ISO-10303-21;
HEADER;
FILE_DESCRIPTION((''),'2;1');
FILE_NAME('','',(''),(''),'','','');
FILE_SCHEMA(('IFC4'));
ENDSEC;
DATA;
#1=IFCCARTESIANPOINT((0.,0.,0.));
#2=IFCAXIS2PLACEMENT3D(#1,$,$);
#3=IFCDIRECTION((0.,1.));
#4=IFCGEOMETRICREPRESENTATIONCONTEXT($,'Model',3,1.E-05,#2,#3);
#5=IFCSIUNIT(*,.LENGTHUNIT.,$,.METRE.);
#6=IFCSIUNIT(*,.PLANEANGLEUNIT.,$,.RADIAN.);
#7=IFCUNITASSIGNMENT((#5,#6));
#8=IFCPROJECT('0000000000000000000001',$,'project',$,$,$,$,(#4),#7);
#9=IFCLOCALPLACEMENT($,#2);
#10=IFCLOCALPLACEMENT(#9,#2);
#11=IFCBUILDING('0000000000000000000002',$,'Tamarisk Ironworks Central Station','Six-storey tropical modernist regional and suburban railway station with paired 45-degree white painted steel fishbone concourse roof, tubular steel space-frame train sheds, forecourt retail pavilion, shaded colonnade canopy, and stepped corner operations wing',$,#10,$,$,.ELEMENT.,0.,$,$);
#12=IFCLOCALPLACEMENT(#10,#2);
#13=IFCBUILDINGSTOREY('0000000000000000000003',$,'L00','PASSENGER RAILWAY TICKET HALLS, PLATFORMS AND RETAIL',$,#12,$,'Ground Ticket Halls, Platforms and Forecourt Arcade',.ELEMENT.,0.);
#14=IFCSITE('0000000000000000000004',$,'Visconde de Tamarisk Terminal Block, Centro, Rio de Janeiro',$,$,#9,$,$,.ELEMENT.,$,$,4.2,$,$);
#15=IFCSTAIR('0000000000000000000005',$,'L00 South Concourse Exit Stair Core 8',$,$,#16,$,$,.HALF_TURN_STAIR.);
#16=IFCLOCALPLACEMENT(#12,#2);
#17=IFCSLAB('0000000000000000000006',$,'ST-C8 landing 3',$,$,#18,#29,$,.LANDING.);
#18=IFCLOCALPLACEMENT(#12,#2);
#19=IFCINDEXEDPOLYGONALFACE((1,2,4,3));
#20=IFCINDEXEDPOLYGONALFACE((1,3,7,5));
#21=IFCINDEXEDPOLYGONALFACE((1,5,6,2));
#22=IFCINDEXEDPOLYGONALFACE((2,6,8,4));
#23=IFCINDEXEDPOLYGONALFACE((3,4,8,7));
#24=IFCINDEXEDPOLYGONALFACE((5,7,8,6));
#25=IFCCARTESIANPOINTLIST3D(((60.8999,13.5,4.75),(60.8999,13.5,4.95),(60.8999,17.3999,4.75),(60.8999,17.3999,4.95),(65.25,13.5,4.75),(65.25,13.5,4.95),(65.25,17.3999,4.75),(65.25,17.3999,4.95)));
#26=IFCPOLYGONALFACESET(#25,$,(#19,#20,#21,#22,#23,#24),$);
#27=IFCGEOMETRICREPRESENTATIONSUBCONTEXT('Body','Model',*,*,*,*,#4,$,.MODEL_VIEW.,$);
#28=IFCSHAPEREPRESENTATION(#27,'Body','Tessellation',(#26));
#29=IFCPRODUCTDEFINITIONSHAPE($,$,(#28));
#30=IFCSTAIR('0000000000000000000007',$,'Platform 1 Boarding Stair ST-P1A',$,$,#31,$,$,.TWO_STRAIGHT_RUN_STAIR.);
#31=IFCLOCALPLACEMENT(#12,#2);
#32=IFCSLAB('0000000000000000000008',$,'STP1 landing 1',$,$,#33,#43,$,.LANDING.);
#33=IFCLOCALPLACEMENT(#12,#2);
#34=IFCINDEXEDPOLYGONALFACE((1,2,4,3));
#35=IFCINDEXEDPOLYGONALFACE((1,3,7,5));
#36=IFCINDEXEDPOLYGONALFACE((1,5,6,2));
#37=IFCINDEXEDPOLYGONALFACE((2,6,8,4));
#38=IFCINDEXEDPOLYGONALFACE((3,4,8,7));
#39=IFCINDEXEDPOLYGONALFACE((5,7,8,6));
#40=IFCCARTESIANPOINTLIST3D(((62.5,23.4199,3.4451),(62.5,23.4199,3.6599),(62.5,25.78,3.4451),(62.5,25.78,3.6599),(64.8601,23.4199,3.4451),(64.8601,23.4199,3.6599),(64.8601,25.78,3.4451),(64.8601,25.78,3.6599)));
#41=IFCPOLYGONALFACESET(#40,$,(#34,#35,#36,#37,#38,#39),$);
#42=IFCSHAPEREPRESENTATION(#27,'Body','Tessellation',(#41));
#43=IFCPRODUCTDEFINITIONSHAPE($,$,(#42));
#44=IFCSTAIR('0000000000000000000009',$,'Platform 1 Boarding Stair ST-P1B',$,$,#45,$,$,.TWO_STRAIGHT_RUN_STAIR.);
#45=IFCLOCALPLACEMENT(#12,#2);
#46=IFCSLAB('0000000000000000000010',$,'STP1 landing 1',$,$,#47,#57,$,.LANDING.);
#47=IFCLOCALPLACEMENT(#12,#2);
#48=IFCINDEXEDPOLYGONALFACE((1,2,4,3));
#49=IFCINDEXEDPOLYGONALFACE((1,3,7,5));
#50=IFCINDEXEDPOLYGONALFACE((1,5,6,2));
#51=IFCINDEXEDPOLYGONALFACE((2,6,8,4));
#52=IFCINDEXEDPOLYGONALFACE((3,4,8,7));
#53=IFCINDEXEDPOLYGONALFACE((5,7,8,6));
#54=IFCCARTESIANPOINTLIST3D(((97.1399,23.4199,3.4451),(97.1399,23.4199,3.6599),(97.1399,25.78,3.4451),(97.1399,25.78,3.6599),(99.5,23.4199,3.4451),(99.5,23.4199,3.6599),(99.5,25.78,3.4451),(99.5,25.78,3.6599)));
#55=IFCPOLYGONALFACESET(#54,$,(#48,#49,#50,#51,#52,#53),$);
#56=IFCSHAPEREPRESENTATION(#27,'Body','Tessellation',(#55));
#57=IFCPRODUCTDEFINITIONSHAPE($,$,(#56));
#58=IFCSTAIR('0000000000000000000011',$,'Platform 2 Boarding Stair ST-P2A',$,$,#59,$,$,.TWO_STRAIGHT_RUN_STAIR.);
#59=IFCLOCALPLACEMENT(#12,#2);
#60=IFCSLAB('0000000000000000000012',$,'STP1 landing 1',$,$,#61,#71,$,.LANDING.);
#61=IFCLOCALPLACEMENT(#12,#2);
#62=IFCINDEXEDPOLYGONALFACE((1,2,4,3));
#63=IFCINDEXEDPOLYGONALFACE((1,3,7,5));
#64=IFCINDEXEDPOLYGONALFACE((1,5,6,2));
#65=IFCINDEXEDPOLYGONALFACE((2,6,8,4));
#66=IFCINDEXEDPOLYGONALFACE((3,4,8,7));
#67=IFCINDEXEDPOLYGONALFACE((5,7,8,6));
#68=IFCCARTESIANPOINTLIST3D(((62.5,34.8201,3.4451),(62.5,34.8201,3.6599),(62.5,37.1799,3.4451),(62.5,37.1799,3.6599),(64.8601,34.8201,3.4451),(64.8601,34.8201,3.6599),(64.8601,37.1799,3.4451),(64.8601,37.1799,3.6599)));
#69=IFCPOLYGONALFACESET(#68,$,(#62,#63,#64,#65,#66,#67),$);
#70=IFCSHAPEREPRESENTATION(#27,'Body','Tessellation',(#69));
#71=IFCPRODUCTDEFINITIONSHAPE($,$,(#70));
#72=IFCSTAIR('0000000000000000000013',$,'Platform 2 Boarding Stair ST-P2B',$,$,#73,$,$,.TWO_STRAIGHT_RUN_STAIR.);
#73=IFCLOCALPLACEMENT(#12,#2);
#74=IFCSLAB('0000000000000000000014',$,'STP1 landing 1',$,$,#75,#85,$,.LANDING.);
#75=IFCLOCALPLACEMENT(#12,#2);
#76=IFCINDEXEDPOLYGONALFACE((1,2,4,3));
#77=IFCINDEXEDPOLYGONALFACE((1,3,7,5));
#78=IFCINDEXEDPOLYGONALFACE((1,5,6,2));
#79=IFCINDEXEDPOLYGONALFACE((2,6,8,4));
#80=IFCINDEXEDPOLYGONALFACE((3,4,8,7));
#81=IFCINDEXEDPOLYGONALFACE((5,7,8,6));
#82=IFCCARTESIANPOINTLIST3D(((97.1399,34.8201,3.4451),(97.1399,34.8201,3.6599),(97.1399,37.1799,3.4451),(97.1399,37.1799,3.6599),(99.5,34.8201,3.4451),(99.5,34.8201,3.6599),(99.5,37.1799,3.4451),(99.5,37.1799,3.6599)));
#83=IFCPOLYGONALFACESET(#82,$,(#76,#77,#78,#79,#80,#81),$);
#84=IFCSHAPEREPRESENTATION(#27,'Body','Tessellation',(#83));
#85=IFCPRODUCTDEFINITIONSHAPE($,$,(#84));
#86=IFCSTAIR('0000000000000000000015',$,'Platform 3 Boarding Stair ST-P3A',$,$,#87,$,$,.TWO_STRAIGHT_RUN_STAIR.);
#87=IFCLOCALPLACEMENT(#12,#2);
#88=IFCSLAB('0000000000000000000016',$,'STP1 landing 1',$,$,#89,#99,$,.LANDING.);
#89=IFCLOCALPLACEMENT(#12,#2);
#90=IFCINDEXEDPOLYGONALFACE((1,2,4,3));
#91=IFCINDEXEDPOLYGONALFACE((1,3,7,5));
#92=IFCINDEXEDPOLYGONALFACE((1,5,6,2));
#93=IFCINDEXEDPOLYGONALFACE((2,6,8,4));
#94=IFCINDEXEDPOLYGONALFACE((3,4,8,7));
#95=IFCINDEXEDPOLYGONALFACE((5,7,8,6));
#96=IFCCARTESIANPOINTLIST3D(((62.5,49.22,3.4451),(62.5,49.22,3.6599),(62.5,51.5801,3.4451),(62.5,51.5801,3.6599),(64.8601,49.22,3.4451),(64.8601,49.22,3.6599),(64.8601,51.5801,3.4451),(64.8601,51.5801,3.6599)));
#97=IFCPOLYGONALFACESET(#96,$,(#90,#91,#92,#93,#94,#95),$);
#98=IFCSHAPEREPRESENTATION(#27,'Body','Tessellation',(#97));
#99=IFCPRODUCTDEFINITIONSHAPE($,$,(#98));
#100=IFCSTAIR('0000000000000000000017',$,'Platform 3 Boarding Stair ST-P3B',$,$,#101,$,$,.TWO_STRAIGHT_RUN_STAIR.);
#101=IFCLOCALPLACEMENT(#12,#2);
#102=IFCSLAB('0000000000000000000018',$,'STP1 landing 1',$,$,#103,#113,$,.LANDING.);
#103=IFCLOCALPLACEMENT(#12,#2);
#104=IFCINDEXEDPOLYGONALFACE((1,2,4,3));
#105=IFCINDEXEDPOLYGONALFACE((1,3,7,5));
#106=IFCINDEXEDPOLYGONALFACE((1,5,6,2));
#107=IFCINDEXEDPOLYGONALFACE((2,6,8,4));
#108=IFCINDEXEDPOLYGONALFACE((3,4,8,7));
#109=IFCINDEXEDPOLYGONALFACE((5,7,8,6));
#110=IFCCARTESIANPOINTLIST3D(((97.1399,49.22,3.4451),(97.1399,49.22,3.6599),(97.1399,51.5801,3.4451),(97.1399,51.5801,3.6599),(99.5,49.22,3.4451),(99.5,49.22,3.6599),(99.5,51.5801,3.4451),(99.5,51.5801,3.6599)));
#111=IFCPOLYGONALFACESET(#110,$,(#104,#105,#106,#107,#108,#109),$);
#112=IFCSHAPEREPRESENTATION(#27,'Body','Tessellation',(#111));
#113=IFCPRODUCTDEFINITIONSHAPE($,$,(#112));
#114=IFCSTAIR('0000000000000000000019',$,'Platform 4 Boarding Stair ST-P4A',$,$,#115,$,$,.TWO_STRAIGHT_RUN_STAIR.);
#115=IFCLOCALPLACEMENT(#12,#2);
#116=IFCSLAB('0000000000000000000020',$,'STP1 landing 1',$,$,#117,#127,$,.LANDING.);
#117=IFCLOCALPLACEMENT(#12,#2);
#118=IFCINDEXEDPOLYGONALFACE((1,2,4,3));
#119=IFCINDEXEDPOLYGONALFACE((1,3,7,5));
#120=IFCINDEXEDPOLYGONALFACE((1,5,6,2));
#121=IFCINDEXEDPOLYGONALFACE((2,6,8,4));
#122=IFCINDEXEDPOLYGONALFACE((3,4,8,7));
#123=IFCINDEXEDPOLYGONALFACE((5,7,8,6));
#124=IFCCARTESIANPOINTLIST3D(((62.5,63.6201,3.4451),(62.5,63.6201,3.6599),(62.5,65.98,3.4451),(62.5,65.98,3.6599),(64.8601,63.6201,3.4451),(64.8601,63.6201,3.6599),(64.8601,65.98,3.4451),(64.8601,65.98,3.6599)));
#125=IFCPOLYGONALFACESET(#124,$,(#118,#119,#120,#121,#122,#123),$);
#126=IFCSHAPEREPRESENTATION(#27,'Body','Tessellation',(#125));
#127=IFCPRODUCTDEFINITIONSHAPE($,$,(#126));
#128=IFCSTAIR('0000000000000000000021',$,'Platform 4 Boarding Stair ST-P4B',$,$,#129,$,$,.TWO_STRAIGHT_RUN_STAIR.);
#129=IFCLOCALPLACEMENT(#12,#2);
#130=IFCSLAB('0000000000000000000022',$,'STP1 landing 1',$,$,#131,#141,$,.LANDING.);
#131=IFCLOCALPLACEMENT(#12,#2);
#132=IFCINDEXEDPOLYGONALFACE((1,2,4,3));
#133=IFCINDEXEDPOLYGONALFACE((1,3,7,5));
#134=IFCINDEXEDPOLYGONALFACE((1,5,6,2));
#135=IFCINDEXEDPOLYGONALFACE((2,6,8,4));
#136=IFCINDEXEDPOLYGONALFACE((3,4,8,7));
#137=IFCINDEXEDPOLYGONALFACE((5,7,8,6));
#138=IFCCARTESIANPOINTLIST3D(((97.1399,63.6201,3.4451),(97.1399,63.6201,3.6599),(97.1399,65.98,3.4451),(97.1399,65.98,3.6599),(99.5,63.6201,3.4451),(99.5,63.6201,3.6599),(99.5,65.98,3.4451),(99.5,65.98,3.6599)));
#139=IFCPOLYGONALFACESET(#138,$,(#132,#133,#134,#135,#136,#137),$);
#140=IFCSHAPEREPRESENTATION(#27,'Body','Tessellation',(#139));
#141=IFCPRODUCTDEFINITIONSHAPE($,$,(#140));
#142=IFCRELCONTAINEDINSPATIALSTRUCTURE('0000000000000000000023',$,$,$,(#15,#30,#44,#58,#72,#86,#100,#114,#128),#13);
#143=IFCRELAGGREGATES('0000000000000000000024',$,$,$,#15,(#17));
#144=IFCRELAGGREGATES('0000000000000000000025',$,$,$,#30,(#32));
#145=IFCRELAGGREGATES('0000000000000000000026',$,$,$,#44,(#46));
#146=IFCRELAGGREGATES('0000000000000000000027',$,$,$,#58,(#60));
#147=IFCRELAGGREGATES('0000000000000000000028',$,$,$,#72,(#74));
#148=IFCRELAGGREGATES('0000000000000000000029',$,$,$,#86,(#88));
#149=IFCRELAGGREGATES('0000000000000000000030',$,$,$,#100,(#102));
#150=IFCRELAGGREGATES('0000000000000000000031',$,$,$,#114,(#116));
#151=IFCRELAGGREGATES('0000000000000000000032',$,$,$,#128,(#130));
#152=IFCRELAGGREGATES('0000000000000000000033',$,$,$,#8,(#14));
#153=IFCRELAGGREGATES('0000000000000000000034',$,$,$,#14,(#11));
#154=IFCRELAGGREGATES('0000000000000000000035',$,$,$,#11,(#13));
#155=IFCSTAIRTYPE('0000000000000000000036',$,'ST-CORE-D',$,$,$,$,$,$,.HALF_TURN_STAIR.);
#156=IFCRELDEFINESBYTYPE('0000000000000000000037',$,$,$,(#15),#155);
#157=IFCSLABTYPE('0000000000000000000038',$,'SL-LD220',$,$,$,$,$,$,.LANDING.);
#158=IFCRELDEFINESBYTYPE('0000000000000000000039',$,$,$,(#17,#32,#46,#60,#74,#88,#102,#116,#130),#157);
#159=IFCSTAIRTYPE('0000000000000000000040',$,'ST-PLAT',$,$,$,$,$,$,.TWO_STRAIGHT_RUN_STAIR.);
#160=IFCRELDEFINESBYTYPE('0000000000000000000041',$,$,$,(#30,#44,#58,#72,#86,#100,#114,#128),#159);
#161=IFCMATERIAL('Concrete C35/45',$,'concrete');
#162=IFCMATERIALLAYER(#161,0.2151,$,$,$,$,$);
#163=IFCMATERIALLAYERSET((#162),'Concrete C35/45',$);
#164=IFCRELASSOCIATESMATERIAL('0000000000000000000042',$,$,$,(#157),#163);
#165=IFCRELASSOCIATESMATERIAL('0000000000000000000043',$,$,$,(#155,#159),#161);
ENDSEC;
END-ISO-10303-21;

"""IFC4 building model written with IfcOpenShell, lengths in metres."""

from ifc_helpers import new_model, si_unit, direction, frame, origin, place, context, subcontext, project, spatial, polyline, outline, extrude, material, layer, layer_set, type_object, element, aggregate, save


model = new_model("IFC4")

# Units and contexts
model_context = context("Model", 3, precision=1e-05, world=origin(), true_north=direction((0.0, 1.0)))
body_context = subcontext(model_context, "Body", "Model", "MODEL_VIEW")
ifc_project = project(units=[si_unit("LENGTHUNIT", "METRE"), si_unit("PLANEANGLEUNIT", "RADIAN")], contexts=[model_context])

# Site, building, storey
site_placement = place(None, origin())
site = spatial("IfcSite", under=ifc_project, at=site_placement, Name="Visconde de Tamarisk Terminal Block, Centro, Rio de Janeiro", CompositionType="ELEMENT", RefElevation=4.2)
building_placement = place(site_placement, origin())
building = spatial("IfcBuilding", under=site, at=building_placement, Name="Tamarisk Ironworks Central Station", Description="Six-storey tropical modernist regional and suburban railway station with paired 45-degree white painted steel fishbone concourse roof, tubular steel space-frame train sheds, forecourt retail pavilion, shaded colonnade canopy, and stepped corner operations wing", CompositionType="ELEMENT", ElevationOfRefHeight=0.0)
storey_placement = place(building_placement, origin())
storey = spatial("IfcBuildingStorey", under=building, at=storey_placement, Name="L00", Description="PASSENGER RAILWAY TICKET HALLS, PLATFORMS AND RETAIL", LongName="Ground Ticket Halls, Platforms and Forecourt Arcade", CompositionType="ELEMENT", Elevation=0.0)

# Shared definitions
ifc_material = material(Name="Concrete C35/45", Category="concrete")

# Shared definitions
ifc_layer_1 = layer(ifc_material, 0.2151)
ifc_layer_set_1 = layer_set([ifc_layer_1], Name="Concrete C35/45")
slab_type_1 = type_object("IfcSlabType", Name="SL-LD220", PredefinedType="LANDING", material=ifc_layer_set_1)

# Stair, slab
stair_type_1 = type_object("IfcStairType", Name="ST-CORE-D", PredefinedType="HALF_TURN_STAIR", material=ifc_material)
stair_1_placement = place(storey_placement, origin())
stair_1 = element("IfcStair", 1, at=stair_1_placement, inside=storey, type_object=stair_type_1, Name="L00 South Concourse Exit Stair Core 8", PredefinedType="HALF_TURN_STAIR")
slab_1_placement = place(storey_placement, frame((0.0, 0.0, 4.75)))
slab_1 = element("IfcSlab", 2, at=slab_1_placement, type_object=slab_type_1, Name="ST-C8 landing 3", PredefinedType="LANDING", context=body_context, shape_type="SweptSolid", body=[
    extrude(outline(polyline([(60.8999, 13.5), (65.25, 13.5), (65.25, 17.3999), (60.8999, 17.3999), (60.8999, 13.5)])), origin(), (0.0, 0.0, 1.0), 0.2),
])
aggregate(stair_1, [slab_1])

# Stairs, slabs
stair_type_2 = type_object("IfcStairType", Name="ST-PLAT", PredefinedType="TWO_STRAIGHT_RUN_STAIR", material=ifc_material)
stair_2_placement = place(storey_placement, origin())
stair_2 = element("IfcStair", 3, at=stair_2_placement, inside=storey, type_object=stair_type_2, Name="Platform 1 Boarding Stair ST-P1A", PredefinedType="TWO_STRAIGHT_RUN_STAIR")
slab_2_placement = place(storey_placement, frame((0.0, 0.0, 3.4451)))
slab_2 = element("IfcSlab", 4, at=slab_2_placement, type_object=slab_type_1, Name="STP1 landing 1", PredefinedType="LANDING", context=body_context, shape_type="SweptSolid", body=[
    extrude(outline(polyline([(62.5, 23.4199), (64.8601, 23.4199), (64.8601, 25.78), (62.5, 25.78), (62.5, 23.4199)])), origin(), (0.0, 0.0, 1.0), 0.2148),
])
aggregate(stair_2, [slab_2])
stair_3_placement = place(storey_placement, origin())
stair_3 = element("IfcStair", 5, at=stair_3_placement, inside=storey, type_object=stair_type_2, Name="Platform 1 Boarding Stair ST-P1B", PredefinedType="TWO_STRAIGHT_RUN_STAIR")
slab_3_placement = place(storey_placement, frame((0.0, 0.0, 3.4451)))
slab_3 = element("IfcSlab", 6, at=slab_3_placement, type_object=slab_type_1, Name="STP1 landing 1", PredefinedType="LANDING", context=body_context, shape_type="SweptSolid", body=[
    extrude(outline(polyline([(97.1399, 23.4199), (99.5, 23.4199), (99.5, 25.78), (97.1399, 25.78), (97.1399, 23.4199)])), origin(), (0.0, 0.0, 1.0), 0.2148),
])
aggregate(stair_3, [slab_3])
stair_4_placement = place(storey_placement, origin())
stair_4 = element("IfcStair", 7, at=stair_4_placement, inside=storey, type_object=stair_type_2, Name="Platform 2 Boarding Stair ST-P2A", PredefinedType="TWO_STRAIGHT_RUN_STAIR")
slab_4_placement = place(storey_placement, frame((0.0, 0.0, 3.4451)))
slab_4 = element("IfcSlab", 8, at=slab_4_placement, type_object=slab_type_1, Name="STP1 landing 1", PredefinedType="LANDING", context=body_context, shape_type="SweptSolid", body=[
    extrude(outline(polyline([(62.5, 34.8201), (64.8601, 34.8201), (64.8601, 37.1799), (62.5, 37.1799), (62.5, 34.8201)])), origin(), (0.0, 0.0, 1.0), 0.2148),
])
aggregate(stair_4, [slab_4])
stair_5_placement = place(storey_placement, origin())
stair_5 = element("IfcStair", 9, at=stair_5_placement, inside=storey, type_object=stair_type_2, Name="Platform 2 Boarding Stair ST-P2B", PredefinedType="TWO_STRAIGHT_RUN_STAIR")
slab_5_placement = place(storey_placement, frame((0.0, 0.0, 3.4451)))
slab_5 = element("IfcSlab", 10, at=slab_5_placement, type_object=slab_type_1, Name="STP1 landing 1", PredefinedType="LANDING", context=body_context, shape_type="SweptSolid", body=[
    extrude(outline(polyline([(97.1399, 34.8201), (99.5, 34.8201), (99.5, 37.1799), (97.1399, 37.1799), (97.1399, 34.8201)])), origin(), (0.0, 0.0, 1.0), 0.2148),
])
aggregate(stair_5, [slab_5])
stair_6_placement = place(storey_placement, origin())
stair_6 = element("IfcStair", 11, at=stair_6_placement, inside=storey, type_object=stair_type_2, Name="Platform 3 Boarding Stair ST-P3A", PredefinedType="TWO_STRAIGHT_RUN_STAIR")
slab_6_placement = place(storey_placement, frame((0.0, 0.0, 3.4451)))
slab_6 = element("IfcSlab", 12, at=slab_6_placement, type_object=slab_type_1, Name="STP1 landing 1", PredefinedType="LANDING", context=body_context, shape_type="SweptSolid", body=[
    extrude(outline(polyline([(62.5, 49.22), (64.8601, 49.22), (64.8601, 51.5801), (62.5, 51.5801), (62.5, 49.22)])), origin(), (0.0, 0.0, 1.0), 0.2148),
])
aggregate(stair_6, [slab_6])
stair_7_placement = place(storey_placement, origin())
stair_7 = element("IfcStair", 13, at=stair_7_placement, inside=storey, type_object=stair_type_2, Name="Platform 3 Boarding Stair ST-P3B", PredefinedType="TWO_STRAIGHT_RUN_STAIR")
slab_7_placement = place(storey_placement, frame((0.0, 0.0, 3.4451)))
slab_7 = element("IfcSlab", 14, at=slab_7_placement, type_object=slab_type_1, Name="STP1 landing 1", PredefinedType="LANDING", context=body_context, shape_type="SweptSolid", body=[
    extrude(outline(polyline([(97.1399, 49.22), (99.5, 49.22), (99.5, 51.5801), (97.1399, 51.5801), (97.1399, 49.22)])), origin(), (0.0, 0.0, 1.0), 0.2148),
])
aggregate(stair_7, [slab_7])
stair_8_placement = place(storey_placement, origin())
stair_8 = element("IfcStair", 15, at=stair_8_placement, inside=storey, type_object=stair_type_2, Name="Platform 4 Boarding Stair ST-P4A", PredefinedType="TWO_STRAIGHT_RUN_STAIR")
slab_8_placement = place(storey_placement, frame((0.0, 0.0, 3.4451)))
slab_8 = element("IfcSlab", 16, at=slab_8_placement, type_object=slab_type_1, Name="STP1 landing 1", PredefinedType="LANDING", context=body_context, shape_type="SweptSolid", body=[
    extrude(outline(polyline([(62.5, 63.6201), (64.8601, 63.6201), (64.8601, 65.98), (62.5, 65.98), (62.5, 63.6201)])), origin(), (0.0, 0.0, 1.0), 0.2148),
])
aggregate(stair_8, [slab_8])
stair_9_placement = place(storey_placement, origin())
stair_9 = element("IfcStair", 17, at=stair_9_placement, inside=storey, type_object=stair_type_2, Name="Platform 4 Boarding Stair ST-P4B", PredefinedType="TWO_STRAIGHT_RUN_STAIR")
slab_9_placement = place(storey_placement, frame((0.0, 0.0, 3.4451)))
slab_9 = element("IfcSlab", 18, at=slab_9_placement, type_object=slab_type_1, Name="STP1 landing 1", PredefinedType="LANDING", context=body_context, shape_type="SweptSolid", body=[
    extrude(outline(polyline([(97.1399, 63.6201), (99.5, 63.6201), (99.5, 65.98), (97.1399, 65.98), (97.1399, 63.6201)])), origin(), (0.0, 0.0, 1.0), 0.2148),
])
aggregate(stair_9, [slab_9])

save(model, "model.ifc")
